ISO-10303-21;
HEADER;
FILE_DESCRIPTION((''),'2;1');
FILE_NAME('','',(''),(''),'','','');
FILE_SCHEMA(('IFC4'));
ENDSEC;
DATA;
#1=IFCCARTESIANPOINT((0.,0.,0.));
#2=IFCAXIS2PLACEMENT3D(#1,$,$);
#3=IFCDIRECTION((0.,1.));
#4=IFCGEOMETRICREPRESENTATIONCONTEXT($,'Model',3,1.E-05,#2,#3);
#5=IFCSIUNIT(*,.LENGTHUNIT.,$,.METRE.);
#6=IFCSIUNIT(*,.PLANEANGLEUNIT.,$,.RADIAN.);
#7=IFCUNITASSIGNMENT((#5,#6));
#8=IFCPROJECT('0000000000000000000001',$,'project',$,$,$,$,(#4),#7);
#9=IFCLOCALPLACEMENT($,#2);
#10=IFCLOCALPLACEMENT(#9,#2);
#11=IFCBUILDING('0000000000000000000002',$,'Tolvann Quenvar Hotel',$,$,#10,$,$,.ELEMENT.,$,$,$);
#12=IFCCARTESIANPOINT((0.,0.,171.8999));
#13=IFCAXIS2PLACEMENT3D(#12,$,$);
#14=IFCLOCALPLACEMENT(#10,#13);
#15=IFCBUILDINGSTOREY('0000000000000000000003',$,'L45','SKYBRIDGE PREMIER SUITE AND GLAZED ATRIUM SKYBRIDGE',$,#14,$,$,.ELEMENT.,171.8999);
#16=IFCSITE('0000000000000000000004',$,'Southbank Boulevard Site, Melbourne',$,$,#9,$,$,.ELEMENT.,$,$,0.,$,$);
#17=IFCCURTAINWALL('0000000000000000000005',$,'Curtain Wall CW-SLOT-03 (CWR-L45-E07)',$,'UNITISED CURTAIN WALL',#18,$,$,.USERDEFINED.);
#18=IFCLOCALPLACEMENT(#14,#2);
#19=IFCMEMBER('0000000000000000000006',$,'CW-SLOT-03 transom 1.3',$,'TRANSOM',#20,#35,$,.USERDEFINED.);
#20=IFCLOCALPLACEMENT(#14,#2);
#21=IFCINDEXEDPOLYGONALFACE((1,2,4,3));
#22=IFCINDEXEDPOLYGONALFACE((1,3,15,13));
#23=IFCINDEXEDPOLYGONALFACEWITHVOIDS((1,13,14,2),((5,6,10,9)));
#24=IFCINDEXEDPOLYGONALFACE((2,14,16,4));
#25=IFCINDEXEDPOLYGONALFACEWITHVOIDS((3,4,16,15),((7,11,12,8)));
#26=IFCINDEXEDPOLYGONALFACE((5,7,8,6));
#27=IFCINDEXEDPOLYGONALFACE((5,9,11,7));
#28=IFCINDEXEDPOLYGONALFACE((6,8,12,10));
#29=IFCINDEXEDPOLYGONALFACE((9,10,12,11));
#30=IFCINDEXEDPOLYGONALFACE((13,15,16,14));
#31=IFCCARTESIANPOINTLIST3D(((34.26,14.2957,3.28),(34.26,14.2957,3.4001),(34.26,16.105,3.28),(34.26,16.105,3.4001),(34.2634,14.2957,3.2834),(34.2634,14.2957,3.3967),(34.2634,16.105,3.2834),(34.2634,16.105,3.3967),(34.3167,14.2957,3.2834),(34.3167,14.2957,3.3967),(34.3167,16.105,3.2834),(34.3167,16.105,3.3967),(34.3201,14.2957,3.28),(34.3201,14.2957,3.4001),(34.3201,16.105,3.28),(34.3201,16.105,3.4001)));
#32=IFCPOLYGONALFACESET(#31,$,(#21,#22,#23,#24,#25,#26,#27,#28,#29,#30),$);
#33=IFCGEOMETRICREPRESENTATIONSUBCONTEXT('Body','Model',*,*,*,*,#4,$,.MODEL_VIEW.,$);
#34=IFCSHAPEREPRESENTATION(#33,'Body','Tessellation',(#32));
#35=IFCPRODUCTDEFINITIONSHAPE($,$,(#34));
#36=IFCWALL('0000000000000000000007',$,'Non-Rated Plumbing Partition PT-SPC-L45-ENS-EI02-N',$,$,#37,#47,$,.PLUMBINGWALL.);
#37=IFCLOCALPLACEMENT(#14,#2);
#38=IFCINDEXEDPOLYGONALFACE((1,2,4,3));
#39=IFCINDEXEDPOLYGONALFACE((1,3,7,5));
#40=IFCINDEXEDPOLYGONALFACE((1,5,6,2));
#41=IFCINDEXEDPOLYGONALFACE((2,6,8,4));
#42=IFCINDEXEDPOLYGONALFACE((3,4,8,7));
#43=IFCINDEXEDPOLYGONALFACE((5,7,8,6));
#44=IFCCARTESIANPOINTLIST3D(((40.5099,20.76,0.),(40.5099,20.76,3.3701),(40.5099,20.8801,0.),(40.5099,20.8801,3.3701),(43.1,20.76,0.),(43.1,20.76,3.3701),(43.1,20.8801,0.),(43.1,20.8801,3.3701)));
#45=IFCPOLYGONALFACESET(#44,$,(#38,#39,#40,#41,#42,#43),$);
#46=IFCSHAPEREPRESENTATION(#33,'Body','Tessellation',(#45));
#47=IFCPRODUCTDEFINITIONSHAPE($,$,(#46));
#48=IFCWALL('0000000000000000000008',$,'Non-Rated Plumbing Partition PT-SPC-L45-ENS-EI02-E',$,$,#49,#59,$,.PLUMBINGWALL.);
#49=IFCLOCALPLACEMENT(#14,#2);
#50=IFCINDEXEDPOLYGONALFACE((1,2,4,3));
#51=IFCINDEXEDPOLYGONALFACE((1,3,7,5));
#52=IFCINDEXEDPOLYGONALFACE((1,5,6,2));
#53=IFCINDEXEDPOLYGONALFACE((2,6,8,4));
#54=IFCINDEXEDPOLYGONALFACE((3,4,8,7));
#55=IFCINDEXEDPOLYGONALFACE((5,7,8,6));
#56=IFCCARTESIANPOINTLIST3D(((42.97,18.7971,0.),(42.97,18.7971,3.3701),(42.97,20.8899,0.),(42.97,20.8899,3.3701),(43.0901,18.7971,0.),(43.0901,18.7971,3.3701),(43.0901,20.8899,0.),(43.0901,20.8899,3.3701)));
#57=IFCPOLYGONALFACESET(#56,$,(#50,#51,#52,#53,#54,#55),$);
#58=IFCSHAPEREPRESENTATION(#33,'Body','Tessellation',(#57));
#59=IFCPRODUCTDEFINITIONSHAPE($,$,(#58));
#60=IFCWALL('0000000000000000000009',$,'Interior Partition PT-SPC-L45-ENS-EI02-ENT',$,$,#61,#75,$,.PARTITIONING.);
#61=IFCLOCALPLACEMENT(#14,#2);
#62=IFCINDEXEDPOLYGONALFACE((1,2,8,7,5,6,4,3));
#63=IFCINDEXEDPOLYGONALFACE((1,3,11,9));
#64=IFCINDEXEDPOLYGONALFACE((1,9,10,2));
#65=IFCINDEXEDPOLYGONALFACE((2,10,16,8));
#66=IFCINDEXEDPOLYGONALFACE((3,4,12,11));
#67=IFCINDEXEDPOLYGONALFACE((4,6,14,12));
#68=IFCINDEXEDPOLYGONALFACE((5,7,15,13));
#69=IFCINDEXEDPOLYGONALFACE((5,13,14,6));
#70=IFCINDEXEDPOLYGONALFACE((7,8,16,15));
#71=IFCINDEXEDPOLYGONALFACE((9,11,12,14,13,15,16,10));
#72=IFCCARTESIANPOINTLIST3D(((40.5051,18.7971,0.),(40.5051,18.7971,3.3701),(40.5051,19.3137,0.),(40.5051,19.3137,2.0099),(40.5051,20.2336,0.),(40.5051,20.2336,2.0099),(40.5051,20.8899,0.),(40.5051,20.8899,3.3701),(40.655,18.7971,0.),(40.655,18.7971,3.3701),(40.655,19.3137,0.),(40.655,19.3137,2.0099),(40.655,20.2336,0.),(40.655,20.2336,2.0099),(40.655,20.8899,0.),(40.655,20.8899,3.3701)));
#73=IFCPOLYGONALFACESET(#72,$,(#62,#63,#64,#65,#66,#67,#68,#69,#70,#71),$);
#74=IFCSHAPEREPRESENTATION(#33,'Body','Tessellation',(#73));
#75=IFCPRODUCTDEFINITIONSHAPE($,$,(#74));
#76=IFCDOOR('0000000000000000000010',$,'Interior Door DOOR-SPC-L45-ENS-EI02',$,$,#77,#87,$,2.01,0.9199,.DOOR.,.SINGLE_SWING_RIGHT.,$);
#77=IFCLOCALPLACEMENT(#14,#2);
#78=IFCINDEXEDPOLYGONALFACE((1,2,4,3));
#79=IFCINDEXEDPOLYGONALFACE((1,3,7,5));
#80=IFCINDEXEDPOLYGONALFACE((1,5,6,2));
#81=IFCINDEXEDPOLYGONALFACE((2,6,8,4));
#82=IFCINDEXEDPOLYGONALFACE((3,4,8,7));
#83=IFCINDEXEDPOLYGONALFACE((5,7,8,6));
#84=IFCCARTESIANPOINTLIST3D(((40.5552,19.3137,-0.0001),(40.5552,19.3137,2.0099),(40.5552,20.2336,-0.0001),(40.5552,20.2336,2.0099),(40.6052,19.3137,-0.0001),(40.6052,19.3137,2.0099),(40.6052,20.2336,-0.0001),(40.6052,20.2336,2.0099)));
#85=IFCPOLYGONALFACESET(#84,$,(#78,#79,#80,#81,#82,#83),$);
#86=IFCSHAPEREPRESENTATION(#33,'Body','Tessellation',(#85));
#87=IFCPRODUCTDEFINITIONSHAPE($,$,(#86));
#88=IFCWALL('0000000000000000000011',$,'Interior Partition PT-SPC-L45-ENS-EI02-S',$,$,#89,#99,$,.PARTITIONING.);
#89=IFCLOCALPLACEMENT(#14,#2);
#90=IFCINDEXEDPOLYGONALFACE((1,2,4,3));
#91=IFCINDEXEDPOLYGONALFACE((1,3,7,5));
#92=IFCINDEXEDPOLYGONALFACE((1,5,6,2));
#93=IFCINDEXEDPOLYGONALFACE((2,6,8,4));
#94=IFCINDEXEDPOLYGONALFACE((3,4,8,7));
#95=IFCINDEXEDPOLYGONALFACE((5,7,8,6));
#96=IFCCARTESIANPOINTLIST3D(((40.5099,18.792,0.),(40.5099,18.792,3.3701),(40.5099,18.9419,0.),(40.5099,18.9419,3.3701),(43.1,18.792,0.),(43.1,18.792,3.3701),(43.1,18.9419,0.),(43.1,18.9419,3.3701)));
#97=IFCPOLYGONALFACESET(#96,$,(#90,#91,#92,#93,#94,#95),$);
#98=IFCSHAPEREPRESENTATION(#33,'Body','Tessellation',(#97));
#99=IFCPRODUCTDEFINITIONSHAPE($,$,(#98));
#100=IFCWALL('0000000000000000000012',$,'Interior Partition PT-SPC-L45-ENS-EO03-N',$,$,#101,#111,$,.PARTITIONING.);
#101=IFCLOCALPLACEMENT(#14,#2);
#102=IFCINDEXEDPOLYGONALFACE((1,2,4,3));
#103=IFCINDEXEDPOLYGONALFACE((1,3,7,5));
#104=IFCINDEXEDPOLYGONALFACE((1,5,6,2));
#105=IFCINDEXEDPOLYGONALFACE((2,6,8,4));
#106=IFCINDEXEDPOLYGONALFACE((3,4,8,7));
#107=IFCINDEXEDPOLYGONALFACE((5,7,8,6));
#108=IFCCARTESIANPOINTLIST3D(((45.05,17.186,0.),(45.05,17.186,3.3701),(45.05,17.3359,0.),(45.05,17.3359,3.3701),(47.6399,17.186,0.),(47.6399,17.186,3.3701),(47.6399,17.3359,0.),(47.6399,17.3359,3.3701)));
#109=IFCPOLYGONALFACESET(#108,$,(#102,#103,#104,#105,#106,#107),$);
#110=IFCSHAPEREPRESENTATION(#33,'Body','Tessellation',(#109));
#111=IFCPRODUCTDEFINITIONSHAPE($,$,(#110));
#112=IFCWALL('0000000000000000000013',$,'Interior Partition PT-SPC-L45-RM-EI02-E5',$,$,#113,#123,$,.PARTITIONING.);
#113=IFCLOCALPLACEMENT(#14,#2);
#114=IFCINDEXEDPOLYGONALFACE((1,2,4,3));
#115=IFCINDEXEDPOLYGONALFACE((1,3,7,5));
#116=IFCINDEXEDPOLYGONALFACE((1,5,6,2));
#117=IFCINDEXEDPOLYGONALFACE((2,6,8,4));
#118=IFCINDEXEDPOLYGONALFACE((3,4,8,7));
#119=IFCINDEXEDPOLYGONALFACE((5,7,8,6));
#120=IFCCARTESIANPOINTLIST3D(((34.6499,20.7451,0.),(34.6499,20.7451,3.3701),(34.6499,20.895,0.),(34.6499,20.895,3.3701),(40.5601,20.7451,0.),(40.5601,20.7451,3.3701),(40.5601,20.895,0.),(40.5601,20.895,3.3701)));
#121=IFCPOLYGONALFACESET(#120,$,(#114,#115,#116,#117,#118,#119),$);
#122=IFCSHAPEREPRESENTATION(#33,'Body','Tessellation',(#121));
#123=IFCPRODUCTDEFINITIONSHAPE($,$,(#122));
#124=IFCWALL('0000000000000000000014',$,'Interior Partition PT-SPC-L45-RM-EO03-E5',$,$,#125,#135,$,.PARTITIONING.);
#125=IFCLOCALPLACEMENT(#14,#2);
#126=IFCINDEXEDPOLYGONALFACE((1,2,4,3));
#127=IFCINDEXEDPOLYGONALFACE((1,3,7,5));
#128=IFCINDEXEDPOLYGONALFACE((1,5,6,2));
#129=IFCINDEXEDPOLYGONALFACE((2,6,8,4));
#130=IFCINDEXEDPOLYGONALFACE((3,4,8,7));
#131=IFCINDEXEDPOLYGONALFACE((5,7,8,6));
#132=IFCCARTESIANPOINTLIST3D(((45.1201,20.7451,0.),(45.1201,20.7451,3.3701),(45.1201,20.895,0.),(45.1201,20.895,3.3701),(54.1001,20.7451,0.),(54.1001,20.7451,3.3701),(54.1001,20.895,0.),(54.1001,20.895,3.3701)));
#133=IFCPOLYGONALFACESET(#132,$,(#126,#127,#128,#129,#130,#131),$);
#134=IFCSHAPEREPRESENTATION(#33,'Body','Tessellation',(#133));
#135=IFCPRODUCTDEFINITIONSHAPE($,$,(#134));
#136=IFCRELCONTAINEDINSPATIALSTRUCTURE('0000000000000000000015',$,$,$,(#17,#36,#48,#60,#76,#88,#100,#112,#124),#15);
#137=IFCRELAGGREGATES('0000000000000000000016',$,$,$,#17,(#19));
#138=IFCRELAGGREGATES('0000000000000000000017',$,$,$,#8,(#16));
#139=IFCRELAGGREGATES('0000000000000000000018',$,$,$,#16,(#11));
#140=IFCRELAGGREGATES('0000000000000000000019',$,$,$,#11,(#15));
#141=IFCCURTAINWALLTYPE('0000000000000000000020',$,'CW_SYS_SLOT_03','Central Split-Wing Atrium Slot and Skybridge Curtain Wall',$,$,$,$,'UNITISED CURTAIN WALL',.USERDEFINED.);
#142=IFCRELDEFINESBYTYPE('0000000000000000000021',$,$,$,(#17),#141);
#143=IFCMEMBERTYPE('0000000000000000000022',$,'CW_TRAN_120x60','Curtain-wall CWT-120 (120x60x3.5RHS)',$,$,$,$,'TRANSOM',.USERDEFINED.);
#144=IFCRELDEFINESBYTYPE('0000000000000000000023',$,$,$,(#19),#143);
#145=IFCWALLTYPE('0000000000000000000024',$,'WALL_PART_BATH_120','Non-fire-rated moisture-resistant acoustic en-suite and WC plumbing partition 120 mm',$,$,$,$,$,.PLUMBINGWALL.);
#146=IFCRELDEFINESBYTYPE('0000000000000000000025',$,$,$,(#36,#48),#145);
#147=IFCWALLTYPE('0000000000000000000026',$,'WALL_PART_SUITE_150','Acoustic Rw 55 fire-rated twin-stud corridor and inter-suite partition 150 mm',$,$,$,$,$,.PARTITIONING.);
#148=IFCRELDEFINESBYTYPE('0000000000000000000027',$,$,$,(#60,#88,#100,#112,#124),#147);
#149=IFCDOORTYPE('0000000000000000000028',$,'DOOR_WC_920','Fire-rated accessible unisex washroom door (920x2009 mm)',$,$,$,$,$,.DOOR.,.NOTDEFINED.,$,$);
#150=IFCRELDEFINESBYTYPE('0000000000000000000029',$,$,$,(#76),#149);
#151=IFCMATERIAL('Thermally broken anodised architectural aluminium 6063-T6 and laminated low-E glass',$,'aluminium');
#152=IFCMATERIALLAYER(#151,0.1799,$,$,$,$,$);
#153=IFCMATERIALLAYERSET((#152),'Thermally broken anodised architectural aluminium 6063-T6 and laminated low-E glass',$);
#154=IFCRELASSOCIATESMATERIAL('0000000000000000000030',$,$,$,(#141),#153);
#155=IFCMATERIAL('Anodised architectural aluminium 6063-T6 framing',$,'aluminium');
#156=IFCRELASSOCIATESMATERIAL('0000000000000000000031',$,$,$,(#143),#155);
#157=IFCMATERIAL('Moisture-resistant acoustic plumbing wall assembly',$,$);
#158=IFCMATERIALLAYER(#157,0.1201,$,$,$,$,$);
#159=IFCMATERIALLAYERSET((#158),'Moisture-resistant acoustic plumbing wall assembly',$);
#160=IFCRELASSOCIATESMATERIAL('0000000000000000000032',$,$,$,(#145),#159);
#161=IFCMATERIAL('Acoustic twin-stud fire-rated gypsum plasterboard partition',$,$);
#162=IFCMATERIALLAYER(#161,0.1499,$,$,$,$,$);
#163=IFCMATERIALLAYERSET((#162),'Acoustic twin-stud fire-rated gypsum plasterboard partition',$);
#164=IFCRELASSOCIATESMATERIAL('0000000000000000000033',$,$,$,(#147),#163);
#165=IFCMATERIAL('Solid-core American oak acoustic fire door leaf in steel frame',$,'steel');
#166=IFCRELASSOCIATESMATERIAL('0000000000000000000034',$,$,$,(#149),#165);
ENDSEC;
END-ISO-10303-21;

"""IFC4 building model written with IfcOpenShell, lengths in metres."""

from ifc_helpers import new_model, si_unit, direction, frame, frame_2d, origin, origin_2d, place, context, subcontext, project, spatial, rectangle, hollow_rectangle, extrude, source, transform, mapped, material, layer, layer_set, material_profile, profile_set, type_object, type_shapes, element, fill, aggregate, save


model = new_model("IFC4")

# Units and contexts
model_context = context("Model", 3, precision=1e-05, world=origin(), true_north=direction((0.0, 1.0)))
body_context = subcontext(model_context, "Body", "Model", "MODEL_VIEW")
ifc_project = project(units=[si_unit("LENGTHUNIT", "METRE"), si_unit("PLANEANGLEUNIT", "RADIAN")], contexts=[model_context])

# Site, building, storey
site_placement = place(None, origin())
site = spatial("IfcSite", under=ifc_project, at=site_placement, Name="Southbank Boulevard Site, Melbourne", CompositionType="ELEMENT", RefElevation=0.0)
building_placement = place(site_placement, origin())
building = spatial("IfcBuilding", under=site, at=building_placement, Name="Tolvann Quenvar Hotel", CompositionType="ELEMENT")
storey_placement = place(building_placement, frame((0.0, 0.0, 171.8999)))
storey = spatial("IfcBuildingStorey", under=building, at=storey_placement, Name="L45", Description="SKYBRIDGE PREMIER SUITE AND GLAZED ATRIUM SKYBRIDGE", CompositionType="ELEMENT", Elevation=171.8999)

# Curtain wall, member
ifc_material_1 = material(Name="Thermally broken anodised architectural aluminium 6063-T6 and laminated low-E glass", Category="aluminium")
ifc_layer_1 = layer(ifc_material_1, 0.1799)
ifc_layer_set_1 = layer_set([ifc_layer_1], Name="Thermally broken anodised architectural aluminium 6063-T6 and laminated low-E glass")
curtain_wall_type = type_object("IfcCurtainWallType", Name="CW_SYS_SLOT_03", Description="Central Split-Wing Atrium Slot and Skybridge Curtain Wall", ElementType="UNITISED CURTAIN WALL", PredefinedType="USERDEFINED", material=ifc_layer_set_1)
curtain_wall_placement = place(storey_placement, origin())
curtain_wall = element("IfcCurtainWall", 1, at=curtain_wall_placement, inside=storey, type_object=curtain_wall_type, Name="Curtain Wall CW-SLOT-03 (CWR-L45-E07)", ObjectType="UNITISED CURTAIN WALL", PredefinedType="USERDEFINED")
ifc_material_2 = material(Name="Anodised architectural aluminium 6063-T6 framing", Category="aluminium")
ifc_material_profile_1 = material_profile(ifc_material_2, hollow_rectangle(XDim=0.0601, YDim=0.1201, WallThickness=0.0034, at=origin_2d()), Name="120x60x3.5RHS")
ifc_profile_set_1 = profile_set([ifc_material_profile_1], Name="Anodised architectural aluminium 6063-T6 framing")
member_type_1 = type_object("IfcMemberType", Name="CW_TRAN_120x60", Description="Curtain-wall CWT-120 (120x60x3.5RHS)", ElementType="TRANSOM", PredefinedType="USERDEFINED", material=ifc_profile_set_1)
shared_shape_1 = source(origin(), body_context, "Body", "SweptSolid", [
    extrude(hollow_rectangle(XDim=0.0601, YDim=0.1201, WallThickness=0.0034, at=origin_2d()), origin(), (0.0, 0.0, 1.0), 1.8093),
])
type_shapes(member_type_1, [shared_shape_1])
member_1_placement = place(storey_placement, frame((34.29, 16.105, 3.3401), z_axis=(0.0, -1.0, 0.0), x_axis=(1.0, 0.0, 0.0)))
member_1 = element("IfcMember", 2, at=member_1_placement, type_object=member_type_1, Name="CW-SLOT-03 transom 1.3", ObjectType="TRANSOM", PredefinedType="USERDEFINED", context=body_context, shape_type="MappedRepresentation", body=[
    mapped(shared_shape_1, transform((0.0, 0.0, 0.0), x_axis=(1.0, 0.0, 0.0), y_axis=(0.0, 1.0, 0.0), z_axis=(0.0, 0.0, 1.0), scale=1.0)),
])
aggregate(curtain_wall, [member_1])

# Walls
ifc_material_3 = material(Name="Moisture-resistant acoustic plumbing wall assembly")
ifc_layer_2 = layer(ifc_material_3, 0.1201)
ifc_layer_set_2 = layer_set([ifc_layer_2], Name="Moisture-resistant acoustic plumbing wall assembly")
wall_type_1 = type_object("IfcWallType", Name="WALL_PART_BATH_120", Description="Non-fire-rated moisture-resistant acoustic en-suite and WC plumbing partition 120 mm", PredefinedType="PLUMBINGWALL", material=ifc_layer_set_2)
wall_1_placement = place(storey_placement, frame((40.51, 20.8201, 0.0), z_axis=(0.0, 0.0, 1.0), x_axis=(1.0, 0.0, 0.0)))
element("IfcWall", 3, at=wall_1_placement, inside=storey, type_object=wall_type_1, Name="Non-Rated Plumbing Partition PT-SPC-L45-ENS-EI02-N", PredefinedType="PLUMBINGWALL", context=body_context, shape_type="SweptSolid", body=[
    extrude(rectangle(XDim=2.5901, YDim=0.1201, at=frame_2d((1.2949, 0.0))), origin(), (0.0, 0.0, 1.0), 3.3701),
])
wall_2_placement = place(storey_placement, frame((43.03, 18.7971, 0.0), z_axis=(0.0, 0.0, 1.0), x_axis=(0.0, 1.0, 0.0)))
element("IfcWall", 4, at=wall_2_placement, inside=storey, type_object=wall_type_1, Name="Non-Rated Plumbing Partition PT-SPC-L45-ENS-EI02-E", PredefinedType="PLUMBINGWALL", context=body_context, shape_type="SweptSolid", body=[
    extrude(rectangle(XDim=2.0928, YDim=0.1201, at=frame_2d((1.0464, 0.0))), origin(), (0.0, 0.0, 1.0), 3.3701),
])

# Wall, opening, door
ifc_material_4 = material(Name="Acoustic twin-stud fire-rated gypsum plasterboard partition")
ifc_layer_3 = layer(ifc_material_4, 0.1499)
ifc_layer_set_3 = layer_set([ifc_layer_3], Name="Acoustic twin-stud fire-rated gypsum plasterboard partition")
wall_type_2 = type_object("IfcWallType", Name="WALL_PART_SUITE_150", Description="Acoustic Rw 55 fire-rated twin-stud corridor and inter-suite partition 150 mm", PredefinedType="PARTITIONING", material=ifc_layer_set_3)
wall_3_placement = place(storey_placement, frame((40.5801, 18.7971, 0.0), z_axis=(0.0, 0.0, 1.0), x_axis=(0.0, 1.0, 0.0)))
wall_3 = element("IfcWall", 5, at=wall_3_placement, inside=storey, type_object=wall_type_2, Name="Interior Partition PT-SPC-L45-ENS-EI02-ENT", PredefinedType="PARTITIONING", context=body_context, shape_type="SweptSolid", body=[
    extrude(rectangle(XDim=2.0928, YDim=0.1499, at=frame_2d((1.0464, 0.0))), origin(), (0.0, 0.0, 1.0), 3.3701),
])
opening_1_placement = place(wall_3_placement, frame((0.5166, 0.0, 0.0)))
opening_1 = element("IfcOpeningElement", 6, at=opening_1_placement, cuts=wall_3, PredefinedType="OPENING", context=body_context, shape_type="SweptSolid", body=[
    extrude(rectangle(XDim=0.9199, YDim=2.01, at=frame_2d((0.46, 1.0049))), frame((0.0, 0.085, 0.0), z_axis=(0.0, -1.0, 0.0), x_axis=(1.0, 0.0, 0.0)), (0.0, 0.0, 1.0), 0.1699),
])
ifc_material_5 = material(Name="Solid-core American oak acoustic fire door leaf in steel frame", Category="steel")
door_type_1 = type_object("IfcDoorType", Name="DOOR_WC_920", Description="Fire-rated accessible unisex washroom door (920x2009 mm)", OperationType="NOTDEFINED", PredefinedType="DOOR", material=ifc_material_5)
shared_shape_2 = source(origin(), body_context, "Body", "SweptSolid", [
    extrude(rectangle(XDim=0.9199, YDim=2.01, at=frame_2d((0.46, 1.0049))), frame((0.0, 0.0249, 0.0), z_axis=(0.0, -1.0, 0.0), x_axis=(1.0, 0.0, 0.0)), (0.0, 0.0, 1.0), 0.05),
])
type_shapes(door_type_1, [shared_shape_2])
door_1_placement = place(opening_1_placement, origin())
door_1 = element("IfcDoor", 7, at=door_1_placement, inside=storey, type_object=door_type_1, Name="Interior Door DOOR-SPC-L45-ENS-EI02", OperationType="SINGLE_SWING_RIGHT", OverallHeight=2.01, OverallWidth=0.9199, PredefinedType="DOOR", context=body_context, shape_type="MappedRepresentation", body=[
    mapped(shared_shape_2, transform((0.0, 0.0, 0.0), x_axis=(1.0, 0.0, 0.0), y_axis=(0.0, 1.0, 0.0), z_axis=(0.0, 0.0, 1.0), scale=1.0)),
])
fill(opening_1, door_1)

# Walls
wall_4_placement = place(storey_placement, frame((40.51, 18.8669, 0.0), z_axis=(0.0, 0.0, 1.0), x_axis=(1.0, 0.0, 0.0)))
element("IfcWall", 8, at=wall_4_placement, inside=storey, type_object=wall_type_2, Name="Interior Partition PT-SPC-L45-ENS-EI02-S", PredefinedType="PARTITIONING", context=body_context, shape_type="SweptSolid", body=[
    extrude(rectangle(XDim=2.5901, YDim=0.1499, at=frame_2d((1.2949, 0.0))), origin(), (0.0, 0.0, 1.0), 3.3701),
])
wall_5_placement = place(storey_placement, frame((45.05, 17.261, 0.0), z_axis=(0.0, 0.0, 1.0), x_axis=(1.0, 0.0, 0.0)))
element("IfcWall", 9, at=wall_5_placement, inside=storey, type_object=wall_type_2, Name="Interior Partition PT-SPC-L45-ENS-EO03-N", PredefinedType="PARTITIONING", context=body_context, shape_type="SweptSolid", body=[
    extrude(rectangle(XDim=2.5898, YDim=0.1499, at=frame_2d((1.2949, 0.0))), origin(), (0.0, 0.0, 1.0), 3.3701),
])
wall_6_placement = place(storey_placement, frame((34.6499, 20.8201, 0.0), z_axis=(0.0, 0.0, 1.0), x_axis=(1.0, 0.0, 0.0)))
element("IfcWall", 10, at=wall_6_placement, inside=storey, type_object=wall_type_2, Name="Interior Partition PT-SPC-L45-RM-EI02-E5", PredefinedType="PARTITIONING", context=body_context, shape_type="SweptSolid", body=[
    extrude(rectangle(XDim=5.9102, YDim=0.1499, at=frame_2d((2.9551, 0.0))), origin(), (0.0, 0.0, 1.0), 3.3701),
])

# Wall
wall_7_placement = place(storey_placement, frame((45.1201, 20.8201, 0.0), z_axis=(0.0, 0.0, 1.0), x_axis=(1.0, 0.0, 0.0)))
element("IfcWall", 11, at=wall_7_placement, inside=storey, type_object=wall_type_2, Name="Interior Partition PT-SPC-L45-RM-EO03-E5", PredefinedType="PARTITIONING", context=body_context, shape_type="SweptSolid", body=[
    extrude(rectangle(XDim=8.98, YDim=0.1499, at=frame_2d((4.49, 0.0))), origin(), (0.0, 0.0, 1.0), 3.3701),
])

save(model, "model.ifc")
